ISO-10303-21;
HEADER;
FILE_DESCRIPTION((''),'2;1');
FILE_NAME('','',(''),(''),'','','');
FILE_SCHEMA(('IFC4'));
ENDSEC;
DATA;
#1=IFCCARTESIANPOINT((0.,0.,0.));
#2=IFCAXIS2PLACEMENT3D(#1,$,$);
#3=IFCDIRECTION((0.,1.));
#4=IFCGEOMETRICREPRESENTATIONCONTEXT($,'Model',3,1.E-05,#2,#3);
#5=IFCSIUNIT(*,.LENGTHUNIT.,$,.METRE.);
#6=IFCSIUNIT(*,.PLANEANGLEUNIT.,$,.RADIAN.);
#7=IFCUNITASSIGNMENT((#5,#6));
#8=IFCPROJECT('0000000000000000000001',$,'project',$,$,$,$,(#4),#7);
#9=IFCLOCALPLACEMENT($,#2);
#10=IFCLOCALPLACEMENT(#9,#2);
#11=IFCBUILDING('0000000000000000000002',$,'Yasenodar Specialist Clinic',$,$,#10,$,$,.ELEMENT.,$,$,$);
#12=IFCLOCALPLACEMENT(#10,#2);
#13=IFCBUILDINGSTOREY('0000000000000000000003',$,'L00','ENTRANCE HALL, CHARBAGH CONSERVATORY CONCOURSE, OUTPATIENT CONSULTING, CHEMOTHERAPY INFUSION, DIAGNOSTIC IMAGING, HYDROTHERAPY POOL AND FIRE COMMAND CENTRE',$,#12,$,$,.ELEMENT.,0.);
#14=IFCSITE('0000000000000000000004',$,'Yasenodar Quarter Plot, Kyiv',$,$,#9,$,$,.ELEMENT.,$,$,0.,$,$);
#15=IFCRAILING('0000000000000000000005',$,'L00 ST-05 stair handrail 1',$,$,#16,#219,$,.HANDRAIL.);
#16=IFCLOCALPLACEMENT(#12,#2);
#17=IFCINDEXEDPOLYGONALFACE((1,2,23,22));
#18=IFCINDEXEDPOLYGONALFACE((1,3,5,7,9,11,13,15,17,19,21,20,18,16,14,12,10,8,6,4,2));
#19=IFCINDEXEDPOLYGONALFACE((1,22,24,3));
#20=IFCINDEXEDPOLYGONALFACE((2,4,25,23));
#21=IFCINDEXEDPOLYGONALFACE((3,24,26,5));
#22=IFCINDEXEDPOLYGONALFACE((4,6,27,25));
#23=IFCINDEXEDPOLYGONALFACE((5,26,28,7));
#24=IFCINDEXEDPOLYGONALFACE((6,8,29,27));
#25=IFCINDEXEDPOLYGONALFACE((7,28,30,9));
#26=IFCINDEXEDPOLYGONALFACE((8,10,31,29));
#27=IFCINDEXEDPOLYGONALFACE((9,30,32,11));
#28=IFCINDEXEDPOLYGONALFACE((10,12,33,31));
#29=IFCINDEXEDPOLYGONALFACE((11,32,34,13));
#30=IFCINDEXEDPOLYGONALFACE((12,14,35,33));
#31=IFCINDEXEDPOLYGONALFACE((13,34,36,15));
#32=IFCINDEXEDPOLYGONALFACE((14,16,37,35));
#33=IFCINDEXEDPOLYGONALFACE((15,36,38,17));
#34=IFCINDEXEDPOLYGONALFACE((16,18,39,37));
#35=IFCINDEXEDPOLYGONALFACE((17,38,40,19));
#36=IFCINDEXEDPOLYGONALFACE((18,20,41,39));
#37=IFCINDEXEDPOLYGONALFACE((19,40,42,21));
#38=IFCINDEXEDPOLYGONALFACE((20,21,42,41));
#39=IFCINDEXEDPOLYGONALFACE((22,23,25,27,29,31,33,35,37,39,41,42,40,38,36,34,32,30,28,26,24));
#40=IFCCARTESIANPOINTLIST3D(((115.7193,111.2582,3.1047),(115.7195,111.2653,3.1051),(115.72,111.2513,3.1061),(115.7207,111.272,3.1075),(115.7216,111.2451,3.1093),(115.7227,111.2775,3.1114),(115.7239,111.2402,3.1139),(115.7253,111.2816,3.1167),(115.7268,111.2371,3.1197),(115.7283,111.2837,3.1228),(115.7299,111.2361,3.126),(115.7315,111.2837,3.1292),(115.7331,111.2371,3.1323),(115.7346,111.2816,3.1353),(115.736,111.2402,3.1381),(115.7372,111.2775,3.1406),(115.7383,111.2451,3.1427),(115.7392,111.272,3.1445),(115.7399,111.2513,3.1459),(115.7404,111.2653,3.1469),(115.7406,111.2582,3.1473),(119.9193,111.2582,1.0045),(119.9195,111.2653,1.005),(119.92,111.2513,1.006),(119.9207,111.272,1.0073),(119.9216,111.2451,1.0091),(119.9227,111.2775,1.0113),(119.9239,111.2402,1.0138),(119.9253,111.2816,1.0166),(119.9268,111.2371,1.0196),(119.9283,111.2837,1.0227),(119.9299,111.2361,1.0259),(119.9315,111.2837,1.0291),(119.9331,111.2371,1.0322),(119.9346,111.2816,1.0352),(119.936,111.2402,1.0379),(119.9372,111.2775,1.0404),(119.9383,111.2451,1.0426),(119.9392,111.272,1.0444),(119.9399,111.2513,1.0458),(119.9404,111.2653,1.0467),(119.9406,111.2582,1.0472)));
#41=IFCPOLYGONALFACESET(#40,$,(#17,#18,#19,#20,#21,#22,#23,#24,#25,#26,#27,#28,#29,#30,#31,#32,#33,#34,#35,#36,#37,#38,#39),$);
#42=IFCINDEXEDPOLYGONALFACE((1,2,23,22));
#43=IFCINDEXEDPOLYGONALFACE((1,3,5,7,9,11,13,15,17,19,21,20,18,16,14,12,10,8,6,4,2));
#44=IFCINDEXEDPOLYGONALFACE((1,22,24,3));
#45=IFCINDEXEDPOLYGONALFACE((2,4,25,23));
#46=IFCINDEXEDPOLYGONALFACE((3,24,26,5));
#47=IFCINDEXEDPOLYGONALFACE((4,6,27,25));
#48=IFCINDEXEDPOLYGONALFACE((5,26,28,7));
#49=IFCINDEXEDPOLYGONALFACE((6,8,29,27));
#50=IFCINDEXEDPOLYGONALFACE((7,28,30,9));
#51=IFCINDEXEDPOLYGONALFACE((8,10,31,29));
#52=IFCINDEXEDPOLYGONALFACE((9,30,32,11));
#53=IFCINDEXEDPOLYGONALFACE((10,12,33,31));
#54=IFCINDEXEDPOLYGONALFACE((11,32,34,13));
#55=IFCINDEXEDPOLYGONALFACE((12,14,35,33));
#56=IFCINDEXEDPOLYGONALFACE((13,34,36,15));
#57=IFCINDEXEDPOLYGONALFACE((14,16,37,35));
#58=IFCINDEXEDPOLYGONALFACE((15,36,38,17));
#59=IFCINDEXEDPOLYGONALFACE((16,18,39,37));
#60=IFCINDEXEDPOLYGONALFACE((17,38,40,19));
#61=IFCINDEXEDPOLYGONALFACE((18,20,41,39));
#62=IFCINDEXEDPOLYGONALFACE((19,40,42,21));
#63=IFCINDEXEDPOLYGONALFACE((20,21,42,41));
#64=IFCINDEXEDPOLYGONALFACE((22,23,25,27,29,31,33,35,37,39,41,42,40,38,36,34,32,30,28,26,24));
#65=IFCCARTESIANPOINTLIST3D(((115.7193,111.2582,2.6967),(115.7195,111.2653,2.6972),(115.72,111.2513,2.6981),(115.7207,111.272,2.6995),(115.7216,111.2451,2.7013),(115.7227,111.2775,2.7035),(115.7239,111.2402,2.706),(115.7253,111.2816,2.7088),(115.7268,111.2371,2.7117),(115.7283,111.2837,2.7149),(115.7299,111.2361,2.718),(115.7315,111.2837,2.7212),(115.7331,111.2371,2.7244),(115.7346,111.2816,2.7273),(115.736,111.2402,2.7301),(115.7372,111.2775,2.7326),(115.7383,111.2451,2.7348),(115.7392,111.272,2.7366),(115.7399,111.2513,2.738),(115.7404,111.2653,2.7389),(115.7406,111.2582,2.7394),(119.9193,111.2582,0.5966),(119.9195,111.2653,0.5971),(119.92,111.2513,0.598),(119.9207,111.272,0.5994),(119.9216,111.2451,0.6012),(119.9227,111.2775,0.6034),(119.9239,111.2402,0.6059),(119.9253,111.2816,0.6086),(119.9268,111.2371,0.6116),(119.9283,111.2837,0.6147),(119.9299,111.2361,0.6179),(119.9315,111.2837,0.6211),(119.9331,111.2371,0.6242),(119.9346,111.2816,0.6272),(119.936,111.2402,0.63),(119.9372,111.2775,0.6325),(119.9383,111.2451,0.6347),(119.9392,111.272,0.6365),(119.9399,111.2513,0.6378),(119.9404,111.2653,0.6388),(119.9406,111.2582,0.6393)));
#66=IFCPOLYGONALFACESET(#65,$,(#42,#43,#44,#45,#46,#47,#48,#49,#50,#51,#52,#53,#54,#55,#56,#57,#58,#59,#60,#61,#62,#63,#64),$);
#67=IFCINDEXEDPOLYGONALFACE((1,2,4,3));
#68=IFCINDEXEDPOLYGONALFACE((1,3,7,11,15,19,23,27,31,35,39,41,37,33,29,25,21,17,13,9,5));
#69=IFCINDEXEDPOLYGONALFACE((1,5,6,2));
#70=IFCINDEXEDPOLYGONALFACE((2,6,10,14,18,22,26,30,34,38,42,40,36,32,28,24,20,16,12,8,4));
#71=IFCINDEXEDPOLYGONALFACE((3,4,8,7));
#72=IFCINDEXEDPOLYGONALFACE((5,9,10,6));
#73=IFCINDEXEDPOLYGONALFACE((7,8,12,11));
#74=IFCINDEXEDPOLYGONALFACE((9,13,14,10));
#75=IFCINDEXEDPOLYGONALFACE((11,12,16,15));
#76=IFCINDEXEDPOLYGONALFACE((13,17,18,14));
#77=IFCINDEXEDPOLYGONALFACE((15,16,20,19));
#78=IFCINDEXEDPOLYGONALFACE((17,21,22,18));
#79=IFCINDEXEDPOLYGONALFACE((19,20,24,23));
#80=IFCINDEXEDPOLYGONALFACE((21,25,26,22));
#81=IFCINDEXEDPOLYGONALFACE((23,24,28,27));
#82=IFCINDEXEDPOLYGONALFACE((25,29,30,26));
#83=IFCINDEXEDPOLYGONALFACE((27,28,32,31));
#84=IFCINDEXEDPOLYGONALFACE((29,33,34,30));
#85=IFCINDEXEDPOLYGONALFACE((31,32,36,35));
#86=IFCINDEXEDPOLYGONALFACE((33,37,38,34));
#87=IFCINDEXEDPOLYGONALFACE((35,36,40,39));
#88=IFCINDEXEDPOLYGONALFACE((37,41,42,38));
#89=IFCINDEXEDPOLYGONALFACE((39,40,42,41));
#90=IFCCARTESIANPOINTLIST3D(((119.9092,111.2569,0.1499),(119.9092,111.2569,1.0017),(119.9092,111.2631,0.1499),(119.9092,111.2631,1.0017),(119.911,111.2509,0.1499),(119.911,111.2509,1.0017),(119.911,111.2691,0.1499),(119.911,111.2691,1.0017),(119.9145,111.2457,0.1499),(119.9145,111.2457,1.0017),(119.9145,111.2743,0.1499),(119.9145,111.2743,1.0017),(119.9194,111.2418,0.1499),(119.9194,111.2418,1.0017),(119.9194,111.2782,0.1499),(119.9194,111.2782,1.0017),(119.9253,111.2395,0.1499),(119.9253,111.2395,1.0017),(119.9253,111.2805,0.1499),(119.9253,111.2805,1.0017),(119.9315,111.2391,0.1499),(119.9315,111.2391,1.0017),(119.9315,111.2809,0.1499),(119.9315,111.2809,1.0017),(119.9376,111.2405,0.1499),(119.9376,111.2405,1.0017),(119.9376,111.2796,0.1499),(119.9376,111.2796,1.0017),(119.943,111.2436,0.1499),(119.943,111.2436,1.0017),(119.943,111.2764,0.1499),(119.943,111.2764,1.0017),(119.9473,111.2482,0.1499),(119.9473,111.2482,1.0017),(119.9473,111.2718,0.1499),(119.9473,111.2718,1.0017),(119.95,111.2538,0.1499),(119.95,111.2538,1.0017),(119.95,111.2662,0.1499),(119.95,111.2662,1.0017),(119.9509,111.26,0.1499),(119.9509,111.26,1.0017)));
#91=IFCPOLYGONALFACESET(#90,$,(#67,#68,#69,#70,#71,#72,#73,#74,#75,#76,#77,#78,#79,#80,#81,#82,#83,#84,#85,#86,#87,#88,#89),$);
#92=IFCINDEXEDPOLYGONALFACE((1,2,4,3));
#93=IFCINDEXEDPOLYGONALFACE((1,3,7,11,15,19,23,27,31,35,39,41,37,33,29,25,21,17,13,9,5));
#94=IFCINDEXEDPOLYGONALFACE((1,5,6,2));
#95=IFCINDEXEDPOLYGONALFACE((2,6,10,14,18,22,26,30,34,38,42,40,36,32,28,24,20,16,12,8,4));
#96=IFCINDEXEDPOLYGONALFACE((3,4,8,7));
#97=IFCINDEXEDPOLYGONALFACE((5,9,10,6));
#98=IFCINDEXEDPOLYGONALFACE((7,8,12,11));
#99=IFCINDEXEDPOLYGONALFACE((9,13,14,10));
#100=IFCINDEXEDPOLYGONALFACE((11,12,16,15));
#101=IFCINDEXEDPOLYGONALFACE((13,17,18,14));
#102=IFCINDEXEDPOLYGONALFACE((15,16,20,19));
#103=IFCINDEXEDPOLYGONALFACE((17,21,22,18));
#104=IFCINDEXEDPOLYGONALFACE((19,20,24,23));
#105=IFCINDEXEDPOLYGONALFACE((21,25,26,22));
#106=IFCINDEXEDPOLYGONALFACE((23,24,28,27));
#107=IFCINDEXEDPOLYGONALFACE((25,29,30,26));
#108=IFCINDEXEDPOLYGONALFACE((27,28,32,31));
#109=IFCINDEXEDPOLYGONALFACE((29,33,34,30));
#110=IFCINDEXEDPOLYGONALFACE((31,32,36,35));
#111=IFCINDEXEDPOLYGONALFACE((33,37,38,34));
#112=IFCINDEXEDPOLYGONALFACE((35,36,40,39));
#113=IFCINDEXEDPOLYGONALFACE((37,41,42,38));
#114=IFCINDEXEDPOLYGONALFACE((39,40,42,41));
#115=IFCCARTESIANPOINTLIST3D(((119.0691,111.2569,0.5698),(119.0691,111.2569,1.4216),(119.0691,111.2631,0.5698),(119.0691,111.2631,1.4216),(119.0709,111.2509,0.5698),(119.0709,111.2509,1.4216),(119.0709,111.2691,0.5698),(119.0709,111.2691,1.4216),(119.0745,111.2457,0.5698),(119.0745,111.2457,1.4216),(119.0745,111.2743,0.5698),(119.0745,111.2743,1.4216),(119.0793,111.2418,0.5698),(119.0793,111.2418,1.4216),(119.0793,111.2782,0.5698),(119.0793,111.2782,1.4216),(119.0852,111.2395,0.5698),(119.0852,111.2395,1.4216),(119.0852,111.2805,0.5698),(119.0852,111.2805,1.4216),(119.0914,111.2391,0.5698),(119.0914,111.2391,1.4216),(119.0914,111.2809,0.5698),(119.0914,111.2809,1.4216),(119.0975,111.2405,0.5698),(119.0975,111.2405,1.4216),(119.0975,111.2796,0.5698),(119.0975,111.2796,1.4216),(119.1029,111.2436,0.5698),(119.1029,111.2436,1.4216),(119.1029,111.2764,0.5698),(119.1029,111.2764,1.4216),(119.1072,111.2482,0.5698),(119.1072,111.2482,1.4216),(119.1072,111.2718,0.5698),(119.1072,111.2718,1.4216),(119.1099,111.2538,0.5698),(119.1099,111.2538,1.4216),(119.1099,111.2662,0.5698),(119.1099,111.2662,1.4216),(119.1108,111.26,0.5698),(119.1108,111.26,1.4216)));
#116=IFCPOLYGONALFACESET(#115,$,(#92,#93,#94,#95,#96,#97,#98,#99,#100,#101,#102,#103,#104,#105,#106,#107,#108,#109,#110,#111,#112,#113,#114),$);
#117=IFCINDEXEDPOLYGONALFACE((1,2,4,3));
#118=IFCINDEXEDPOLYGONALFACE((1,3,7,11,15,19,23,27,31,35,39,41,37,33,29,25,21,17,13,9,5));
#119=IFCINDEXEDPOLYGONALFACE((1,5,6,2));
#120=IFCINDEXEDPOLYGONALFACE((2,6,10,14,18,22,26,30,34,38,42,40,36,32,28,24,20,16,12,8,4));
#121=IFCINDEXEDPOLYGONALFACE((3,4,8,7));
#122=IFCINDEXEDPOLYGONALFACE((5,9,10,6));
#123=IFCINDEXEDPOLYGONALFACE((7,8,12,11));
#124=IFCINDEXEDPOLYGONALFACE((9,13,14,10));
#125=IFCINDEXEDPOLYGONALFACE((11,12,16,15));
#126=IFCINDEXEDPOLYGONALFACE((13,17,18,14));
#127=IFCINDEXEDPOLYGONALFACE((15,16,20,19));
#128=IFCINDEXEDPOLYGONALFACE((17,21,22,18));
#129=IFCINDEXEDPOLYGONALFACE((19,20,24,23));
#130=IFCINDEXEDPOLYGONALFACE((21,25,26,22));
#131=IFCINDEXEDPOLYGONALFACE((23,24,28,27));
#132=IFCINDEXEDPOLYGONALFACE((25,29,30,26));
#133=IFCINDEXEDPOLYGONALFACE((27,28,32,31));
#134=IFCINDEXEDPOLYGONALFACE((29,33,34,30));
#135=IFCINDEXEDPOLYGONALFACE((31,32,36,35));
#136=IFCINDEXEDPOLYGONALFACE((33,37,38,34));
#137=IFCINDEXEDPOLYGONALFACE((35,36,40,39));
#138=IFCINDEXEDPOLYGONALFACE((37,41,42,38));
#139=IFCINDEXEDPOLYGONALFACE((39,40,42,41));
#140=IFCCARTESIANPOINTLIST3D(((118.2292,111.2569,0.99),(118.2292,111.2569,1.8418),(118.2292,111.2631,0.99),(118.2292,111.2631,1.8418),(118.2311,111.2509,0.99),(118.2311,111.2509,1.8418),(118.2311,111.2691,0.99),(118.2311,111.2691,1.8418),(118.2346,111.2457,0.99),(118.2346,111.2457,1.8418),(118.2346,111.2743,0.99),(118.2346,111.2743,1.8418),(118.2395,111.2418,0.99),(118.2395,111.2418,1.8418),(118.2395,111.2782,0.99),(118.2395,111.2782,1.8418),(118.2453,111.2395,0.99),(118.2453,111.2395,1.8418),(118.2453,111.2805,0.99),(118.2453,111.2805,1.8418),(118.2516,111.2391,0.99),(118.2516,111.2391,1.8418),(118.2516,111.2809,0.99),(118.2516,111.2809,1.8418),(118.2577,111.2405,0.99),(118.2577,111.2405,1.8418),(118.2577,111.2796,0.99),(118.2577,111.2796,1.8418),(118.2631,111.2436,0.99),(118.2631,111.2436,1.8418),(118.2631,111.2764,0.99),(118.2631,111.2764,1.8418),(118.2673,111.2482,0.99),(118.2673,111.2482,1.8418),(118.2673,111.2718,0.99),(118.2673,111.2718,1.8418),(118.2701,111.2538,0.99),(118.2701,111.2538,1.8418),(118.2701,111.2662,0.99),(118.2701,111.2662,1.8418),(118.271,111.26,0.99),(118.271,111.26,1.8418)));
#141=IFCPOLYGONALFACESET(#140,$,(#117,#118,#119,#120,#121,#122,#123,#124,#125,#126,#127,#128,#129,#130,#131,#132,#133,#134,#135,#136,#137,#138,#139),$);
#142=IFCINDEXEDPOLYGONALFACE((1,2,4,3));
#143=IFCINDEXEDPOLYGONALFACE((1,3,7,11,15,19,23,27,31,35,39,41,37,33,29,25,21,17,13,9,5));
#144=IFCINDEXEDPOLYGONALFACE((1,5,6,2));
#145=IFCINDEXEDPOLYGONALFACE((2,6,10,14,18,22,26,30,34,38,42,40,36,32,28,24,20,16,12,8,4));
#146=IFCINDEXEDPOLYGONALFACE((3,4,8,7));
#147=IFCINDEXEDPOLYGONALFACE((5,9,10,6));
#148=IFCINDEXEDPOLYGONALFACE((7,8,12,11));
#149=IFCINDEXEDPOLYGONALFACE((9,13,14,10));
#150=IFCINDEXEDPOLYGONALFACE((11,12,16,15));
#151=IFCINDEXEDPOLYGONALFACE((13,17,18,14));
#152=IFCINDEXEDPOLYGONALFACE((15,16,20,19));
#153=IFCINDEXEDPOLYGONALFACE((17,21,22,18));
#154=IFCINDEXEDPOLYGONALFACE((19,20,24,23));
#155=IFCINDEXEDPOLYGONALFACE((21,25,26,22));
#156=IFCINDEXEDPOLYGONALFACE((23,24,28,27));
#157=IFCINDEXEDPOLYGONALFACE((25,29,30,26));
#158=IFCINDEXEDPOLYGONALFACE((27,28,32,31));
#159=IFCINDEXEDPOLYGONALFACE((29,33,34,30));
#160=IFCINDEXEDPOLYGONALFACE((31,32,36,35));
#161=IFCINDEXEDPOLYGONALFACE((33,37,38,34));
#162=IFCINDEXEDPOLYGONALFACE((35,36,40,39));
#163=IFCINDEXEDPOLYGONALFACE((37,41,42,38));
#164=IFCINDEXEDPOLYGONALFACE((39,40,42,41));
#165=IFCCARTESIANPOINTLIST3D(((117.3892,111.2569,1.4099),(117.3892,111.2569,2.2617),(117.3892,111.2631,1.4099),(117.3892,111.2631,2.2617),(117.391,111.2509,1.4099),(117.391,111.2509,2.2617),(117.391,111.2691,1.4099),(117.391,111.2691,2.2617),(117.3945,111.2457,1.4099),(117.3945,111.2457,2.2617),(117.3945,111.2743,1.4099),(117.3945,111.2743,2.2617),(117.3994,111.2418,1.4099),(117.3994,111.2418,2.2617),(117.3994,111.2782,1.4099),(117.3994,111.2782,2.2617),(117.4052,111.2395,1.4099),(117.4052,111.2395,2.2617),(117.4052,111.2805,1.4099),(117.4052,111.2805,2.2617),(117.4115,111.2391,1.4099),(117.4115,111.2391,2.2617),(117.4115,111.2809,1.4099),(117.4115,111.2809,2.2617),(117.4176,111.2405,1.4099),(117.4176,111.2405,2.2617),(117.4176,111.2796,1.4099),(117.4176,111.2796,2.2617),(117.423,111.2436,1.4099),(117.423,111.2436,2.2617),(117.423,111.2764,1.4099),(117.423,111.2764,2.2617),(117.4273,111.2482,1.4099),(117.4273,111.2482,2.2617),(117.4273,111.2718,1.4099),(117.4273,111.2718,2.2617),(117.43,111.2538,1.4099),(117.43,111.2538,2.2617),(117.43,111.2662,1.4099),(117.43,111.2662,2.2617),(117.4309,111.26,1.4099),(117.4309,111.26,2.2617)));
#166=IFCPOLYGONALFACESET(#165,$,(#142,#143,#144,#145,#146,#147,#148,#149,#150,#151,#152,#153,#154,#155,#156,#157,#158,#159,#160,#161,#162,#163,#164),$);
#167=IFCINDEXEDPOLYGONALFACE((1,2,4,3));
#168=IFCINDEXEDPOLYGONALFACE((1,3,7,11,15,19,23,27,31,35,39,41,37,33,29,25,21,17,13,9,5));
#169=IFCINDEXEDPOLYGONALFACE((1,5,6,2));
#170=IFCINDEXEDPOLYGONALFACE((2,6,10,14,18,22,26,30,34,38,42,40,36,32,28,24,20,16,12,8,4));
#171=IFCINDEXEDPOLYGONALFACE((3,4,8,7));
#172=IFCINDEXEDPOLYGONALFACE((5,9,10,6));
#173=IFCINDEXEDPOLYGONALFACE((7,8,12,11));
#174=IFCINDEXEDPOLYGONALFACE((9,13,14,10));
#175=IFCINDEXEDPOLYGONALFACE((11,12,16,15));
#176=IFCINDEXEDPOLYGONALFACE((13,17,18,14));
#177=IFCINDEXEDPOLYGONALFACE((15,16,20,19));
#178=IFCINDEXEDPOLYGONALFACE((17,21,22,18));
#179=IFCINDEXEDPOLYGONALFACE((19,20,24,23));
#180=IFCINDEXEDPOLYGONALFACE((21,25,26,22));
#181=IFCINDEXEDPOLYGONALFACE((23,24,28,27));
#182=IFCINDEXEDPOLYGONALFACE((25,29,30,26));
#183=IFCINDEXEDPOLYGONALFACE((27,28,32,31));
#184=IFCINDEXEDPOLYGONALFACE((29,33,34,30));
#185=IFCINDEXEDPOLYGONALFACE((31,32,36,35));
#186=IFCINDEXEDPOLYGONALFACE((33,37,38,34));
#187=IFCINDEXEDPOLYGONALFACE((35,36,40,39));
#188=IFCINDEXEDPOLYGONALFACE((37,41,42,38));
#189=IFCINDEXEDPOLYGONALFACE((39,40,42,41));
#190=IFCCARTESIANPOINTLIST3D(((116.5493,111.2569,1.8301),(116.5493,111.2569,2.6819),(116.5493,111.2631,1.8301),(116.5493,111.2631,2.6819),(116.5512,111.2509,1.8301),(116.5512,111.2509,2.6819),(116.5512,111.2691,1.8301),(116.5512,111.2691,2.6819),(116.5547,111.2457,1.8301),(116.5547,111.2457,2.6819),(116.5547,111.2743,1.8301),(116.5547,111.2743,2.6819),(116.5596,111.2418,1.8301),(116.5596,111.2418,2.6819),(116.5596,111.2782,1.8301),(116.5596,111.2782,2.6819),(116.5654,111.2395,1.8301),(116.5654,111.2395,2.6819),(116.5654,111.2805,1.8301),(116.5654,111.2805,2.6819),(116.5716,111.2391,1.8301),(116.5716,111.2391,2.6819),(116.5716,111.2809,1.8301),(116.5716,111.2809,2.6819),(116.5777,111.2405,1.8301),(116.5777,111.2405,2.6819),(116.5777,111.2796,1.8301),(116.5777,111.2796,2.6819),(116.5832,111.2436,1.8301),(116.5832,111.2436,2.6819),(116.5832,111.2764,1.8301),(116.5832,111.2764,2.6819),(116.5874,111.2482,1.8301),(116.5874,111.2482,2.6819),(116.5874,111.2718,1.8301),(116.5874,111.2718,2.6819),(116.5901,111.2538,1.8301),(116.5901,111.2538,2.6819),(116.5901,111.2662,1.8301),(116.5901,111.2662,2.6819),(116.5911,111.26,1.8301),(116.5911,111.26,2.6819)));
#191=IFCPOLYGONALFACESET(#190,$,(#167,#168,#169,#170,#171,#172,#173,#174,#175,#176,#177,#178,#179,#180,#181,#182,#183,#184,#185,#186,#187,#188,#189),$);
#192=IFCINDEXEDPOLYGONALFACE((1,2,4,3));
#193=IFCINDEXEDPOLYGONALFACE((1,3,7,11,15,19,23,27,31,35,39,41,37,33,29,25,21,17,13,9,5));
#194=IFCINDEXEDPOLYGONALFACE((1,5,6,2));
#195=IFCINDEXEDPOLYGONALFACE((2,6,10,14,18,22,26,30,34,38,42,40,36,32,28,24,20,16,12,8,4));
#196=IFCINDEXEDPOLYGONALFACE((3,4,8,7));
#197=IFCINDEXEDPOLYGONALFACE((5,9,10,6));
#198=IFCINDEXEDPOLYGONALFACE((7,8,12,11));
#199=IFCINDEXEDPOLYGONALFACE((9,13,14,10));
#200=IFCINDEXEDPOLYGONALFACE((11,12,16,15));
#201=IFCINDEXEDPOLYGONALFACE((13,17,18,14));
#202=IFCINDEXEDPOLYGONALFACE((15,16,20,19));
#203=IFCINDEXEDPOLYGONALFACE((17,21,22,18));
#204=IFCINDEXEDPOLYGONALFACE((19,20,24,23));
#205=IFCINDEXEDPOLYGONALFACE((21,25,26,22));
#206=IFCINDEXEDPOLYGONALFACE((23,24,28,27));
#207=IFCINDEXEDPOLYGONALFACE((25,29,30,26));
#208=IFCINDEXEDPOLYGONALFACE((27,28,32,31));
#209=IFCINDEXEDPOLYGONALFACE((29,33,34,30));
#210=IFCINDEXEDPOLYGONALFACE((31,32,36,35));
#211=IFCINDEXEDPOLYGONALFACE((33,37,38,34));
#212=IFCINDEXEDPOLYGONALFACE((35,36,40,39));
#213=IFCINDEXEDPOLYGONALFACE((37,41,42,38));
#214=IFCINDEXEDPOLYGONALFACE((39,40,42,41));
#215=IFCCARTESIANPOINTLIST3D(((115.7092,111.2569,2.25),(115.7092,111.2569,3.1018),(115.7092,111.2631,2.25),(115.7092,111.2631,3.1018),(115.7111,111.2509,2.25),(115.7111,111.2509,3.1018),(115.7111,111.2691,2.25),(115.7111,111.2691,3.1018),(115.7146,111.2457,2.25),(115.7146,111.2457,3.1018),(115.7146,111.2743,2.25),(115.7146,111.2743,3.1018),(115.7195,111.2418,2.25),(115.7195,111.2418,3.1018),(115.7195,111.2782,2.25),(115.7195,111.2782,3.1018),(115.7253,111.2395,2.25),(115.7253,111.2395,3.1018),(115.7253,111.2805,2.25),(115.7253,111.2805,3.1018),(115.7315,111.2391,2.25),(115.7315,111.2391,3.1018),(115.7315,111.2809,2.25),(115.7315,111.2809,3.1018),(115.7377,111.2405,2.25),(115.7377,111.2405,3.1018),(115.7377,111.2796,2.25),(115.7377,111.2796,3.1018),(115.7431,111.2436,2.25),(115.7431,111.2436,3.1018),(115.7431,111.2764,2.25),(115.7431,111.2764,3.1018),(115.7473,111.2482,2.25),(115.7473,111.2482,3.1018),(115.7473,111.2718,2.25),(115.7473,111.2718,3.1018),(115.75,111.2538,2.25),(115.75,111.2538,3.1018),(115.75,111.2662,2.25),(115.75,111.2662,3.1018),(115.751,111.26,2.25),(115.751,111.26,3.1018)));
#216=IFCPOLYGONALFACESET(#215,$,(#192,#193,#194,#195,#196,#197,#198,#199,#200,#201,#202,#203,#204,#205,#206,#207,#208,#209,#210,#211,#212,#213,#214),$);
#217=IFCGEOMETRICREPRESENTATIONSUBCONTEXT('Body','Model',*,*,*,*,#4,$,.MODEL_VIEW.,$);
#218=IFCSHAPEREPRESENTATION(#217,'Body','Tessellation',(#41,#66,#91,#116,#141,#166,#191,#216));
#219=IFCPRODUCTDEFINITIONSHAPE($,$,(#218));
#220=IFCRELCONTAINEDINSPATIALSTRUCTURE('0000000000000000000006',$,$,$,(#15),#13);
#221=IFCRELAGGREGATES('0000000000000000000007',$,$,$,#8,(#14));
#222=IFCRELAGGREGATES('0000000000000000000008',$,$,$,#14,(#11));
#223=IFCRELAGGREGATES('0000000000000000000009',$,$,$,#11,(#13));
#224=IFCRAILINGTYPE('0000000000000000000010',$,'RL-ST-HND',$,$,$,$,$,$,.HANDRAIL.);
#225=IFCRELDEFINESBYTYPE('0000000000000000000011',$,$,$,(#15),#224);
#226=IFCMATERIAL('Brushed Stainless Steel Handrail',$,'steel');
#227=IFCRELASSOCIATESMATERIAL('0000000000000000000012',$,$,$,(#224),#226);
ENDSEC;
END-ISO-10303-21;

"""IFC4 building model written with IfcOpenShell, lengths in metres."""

from ifc_helpers import new_model, si_unit, direction, frame, origin, origin_2d, place, context, subcontext, project, spatial, circle, extrude, material, type_object, element, save


model = new_model("IFC4")

# Units and contexts
model_context = context("Model", 3, precision=1e-05, world=origin(), true_north=direction((0.0, 1.0)))
body_context = subcontext(model_context, "Body", "Model", "MODEL_VIEW")
ifc_project = project(units=[si_unit("LENGTHUNIT", "METRE"), si_unit("PLANEANGLEUNIT", "RADIAN")], contexts=[model_context])

# Site, building, storey
site_placement = place(None, origin())
site = spatial("IfcSite", under=ifc_project, at=site_placement, Name="Yasenodar Quarter Plot, Kyiv", CompositionType="ELEMENT", RefElevation=0.0)
building_placement = place(site_placement, origin())
building = spatial("IfcBuilding", under=site, at=building_placement, Name="Yasenodar Specialist Clinic", CompositionType="ELEMENT")
storey_placement = place(building_placement, origin())
storey = spatial("IfcBuildingStorey", under=building, at=storey_placement, Name="L00", Description="ENTRANCE HALL, CHARBAGH CONSERVATORY CONCOURSE, OUTPATIENT CONSULTING, CHEMOTHERAPY INFUSION, DIAGNOSTIC IMAGING, HYDROTHERAPY POOL AND FIRE COMMAND CENTRE", CompositionType="ELEMENT", Elevation=0.0)

# Railing
ifc_material_1 = material(Name="Brushed Stainless Steel Handrail", Category="steel")
railing_type_1 = type_object("IfcRailingType", Name="RL-ST-HND", PredefinedType="HANDRAIL", material=ifc_material_1)
railing_1_placement = place(storey_placement, frame((119.9299, 111.26, 0.1499)))
element("IfcRailing", 1, at=railing_1_placement, inside=storey, type_object=railing_type_1, Name="L00 ST-05 stair handrail 1", PredefinedType="HANDRAIL", context=body_context, shape_type="SweptSolid", body=[
    extrude(circle(Radius=0.0239, at=origin_2d()), frame((0.0, 0.0, 0.876), z_axis=(-0.894417, 0.0, 0.447234), x_axis=(0.0, -1.0, 0.0)), (0.0, 0.0, 1.0), 4.6958),
    extrude(circle(Radius=0.0239, at=origin_2d()), frame((0.0, 0.0, 0.468), z_axis=(-0.894417, 0.0, 0.447234), x_axis=(0.0, -1.0, 0.0)), (0.0, 0.0, 1.0), 4.6958),
    extrude(circle(Radius=0.021, at=origin_2d()), origin(), (0.0, 0.0, 1.0), 0.8518),
    extrude(circle(Radius=0.021, at=origin_2d()), frame((-0.8401, 0.0, 0.4199)), (0.0, 0.0, 1.0), 0.8518),
    extrude(circle(Radius=0.021, at=origin_2d()), frame((-1.6799, 0.0, 0.8401)), (0.0, 0.0, 1.0), 0.8518),
    extrude(circle(Radius=0.021, at=origin_2d()), frame((-2.52, 0.0, 1.26)), (0.0, 0.0, 1.0), 0.8518),
    extrude(circle(Radius=0.021, at=origin_2d()), frame((-3.3599, 0.0, 1.6802)), (0.0, 0.0, 1.0), 0.8518),
    extrude(circle(Radius=0.021, at=origin_2d()), frame((-4.2, 0.0, 2.1001)), (0.0, 0.0, 1.0), 0.8518),
])

save(model, "model.ifc")
